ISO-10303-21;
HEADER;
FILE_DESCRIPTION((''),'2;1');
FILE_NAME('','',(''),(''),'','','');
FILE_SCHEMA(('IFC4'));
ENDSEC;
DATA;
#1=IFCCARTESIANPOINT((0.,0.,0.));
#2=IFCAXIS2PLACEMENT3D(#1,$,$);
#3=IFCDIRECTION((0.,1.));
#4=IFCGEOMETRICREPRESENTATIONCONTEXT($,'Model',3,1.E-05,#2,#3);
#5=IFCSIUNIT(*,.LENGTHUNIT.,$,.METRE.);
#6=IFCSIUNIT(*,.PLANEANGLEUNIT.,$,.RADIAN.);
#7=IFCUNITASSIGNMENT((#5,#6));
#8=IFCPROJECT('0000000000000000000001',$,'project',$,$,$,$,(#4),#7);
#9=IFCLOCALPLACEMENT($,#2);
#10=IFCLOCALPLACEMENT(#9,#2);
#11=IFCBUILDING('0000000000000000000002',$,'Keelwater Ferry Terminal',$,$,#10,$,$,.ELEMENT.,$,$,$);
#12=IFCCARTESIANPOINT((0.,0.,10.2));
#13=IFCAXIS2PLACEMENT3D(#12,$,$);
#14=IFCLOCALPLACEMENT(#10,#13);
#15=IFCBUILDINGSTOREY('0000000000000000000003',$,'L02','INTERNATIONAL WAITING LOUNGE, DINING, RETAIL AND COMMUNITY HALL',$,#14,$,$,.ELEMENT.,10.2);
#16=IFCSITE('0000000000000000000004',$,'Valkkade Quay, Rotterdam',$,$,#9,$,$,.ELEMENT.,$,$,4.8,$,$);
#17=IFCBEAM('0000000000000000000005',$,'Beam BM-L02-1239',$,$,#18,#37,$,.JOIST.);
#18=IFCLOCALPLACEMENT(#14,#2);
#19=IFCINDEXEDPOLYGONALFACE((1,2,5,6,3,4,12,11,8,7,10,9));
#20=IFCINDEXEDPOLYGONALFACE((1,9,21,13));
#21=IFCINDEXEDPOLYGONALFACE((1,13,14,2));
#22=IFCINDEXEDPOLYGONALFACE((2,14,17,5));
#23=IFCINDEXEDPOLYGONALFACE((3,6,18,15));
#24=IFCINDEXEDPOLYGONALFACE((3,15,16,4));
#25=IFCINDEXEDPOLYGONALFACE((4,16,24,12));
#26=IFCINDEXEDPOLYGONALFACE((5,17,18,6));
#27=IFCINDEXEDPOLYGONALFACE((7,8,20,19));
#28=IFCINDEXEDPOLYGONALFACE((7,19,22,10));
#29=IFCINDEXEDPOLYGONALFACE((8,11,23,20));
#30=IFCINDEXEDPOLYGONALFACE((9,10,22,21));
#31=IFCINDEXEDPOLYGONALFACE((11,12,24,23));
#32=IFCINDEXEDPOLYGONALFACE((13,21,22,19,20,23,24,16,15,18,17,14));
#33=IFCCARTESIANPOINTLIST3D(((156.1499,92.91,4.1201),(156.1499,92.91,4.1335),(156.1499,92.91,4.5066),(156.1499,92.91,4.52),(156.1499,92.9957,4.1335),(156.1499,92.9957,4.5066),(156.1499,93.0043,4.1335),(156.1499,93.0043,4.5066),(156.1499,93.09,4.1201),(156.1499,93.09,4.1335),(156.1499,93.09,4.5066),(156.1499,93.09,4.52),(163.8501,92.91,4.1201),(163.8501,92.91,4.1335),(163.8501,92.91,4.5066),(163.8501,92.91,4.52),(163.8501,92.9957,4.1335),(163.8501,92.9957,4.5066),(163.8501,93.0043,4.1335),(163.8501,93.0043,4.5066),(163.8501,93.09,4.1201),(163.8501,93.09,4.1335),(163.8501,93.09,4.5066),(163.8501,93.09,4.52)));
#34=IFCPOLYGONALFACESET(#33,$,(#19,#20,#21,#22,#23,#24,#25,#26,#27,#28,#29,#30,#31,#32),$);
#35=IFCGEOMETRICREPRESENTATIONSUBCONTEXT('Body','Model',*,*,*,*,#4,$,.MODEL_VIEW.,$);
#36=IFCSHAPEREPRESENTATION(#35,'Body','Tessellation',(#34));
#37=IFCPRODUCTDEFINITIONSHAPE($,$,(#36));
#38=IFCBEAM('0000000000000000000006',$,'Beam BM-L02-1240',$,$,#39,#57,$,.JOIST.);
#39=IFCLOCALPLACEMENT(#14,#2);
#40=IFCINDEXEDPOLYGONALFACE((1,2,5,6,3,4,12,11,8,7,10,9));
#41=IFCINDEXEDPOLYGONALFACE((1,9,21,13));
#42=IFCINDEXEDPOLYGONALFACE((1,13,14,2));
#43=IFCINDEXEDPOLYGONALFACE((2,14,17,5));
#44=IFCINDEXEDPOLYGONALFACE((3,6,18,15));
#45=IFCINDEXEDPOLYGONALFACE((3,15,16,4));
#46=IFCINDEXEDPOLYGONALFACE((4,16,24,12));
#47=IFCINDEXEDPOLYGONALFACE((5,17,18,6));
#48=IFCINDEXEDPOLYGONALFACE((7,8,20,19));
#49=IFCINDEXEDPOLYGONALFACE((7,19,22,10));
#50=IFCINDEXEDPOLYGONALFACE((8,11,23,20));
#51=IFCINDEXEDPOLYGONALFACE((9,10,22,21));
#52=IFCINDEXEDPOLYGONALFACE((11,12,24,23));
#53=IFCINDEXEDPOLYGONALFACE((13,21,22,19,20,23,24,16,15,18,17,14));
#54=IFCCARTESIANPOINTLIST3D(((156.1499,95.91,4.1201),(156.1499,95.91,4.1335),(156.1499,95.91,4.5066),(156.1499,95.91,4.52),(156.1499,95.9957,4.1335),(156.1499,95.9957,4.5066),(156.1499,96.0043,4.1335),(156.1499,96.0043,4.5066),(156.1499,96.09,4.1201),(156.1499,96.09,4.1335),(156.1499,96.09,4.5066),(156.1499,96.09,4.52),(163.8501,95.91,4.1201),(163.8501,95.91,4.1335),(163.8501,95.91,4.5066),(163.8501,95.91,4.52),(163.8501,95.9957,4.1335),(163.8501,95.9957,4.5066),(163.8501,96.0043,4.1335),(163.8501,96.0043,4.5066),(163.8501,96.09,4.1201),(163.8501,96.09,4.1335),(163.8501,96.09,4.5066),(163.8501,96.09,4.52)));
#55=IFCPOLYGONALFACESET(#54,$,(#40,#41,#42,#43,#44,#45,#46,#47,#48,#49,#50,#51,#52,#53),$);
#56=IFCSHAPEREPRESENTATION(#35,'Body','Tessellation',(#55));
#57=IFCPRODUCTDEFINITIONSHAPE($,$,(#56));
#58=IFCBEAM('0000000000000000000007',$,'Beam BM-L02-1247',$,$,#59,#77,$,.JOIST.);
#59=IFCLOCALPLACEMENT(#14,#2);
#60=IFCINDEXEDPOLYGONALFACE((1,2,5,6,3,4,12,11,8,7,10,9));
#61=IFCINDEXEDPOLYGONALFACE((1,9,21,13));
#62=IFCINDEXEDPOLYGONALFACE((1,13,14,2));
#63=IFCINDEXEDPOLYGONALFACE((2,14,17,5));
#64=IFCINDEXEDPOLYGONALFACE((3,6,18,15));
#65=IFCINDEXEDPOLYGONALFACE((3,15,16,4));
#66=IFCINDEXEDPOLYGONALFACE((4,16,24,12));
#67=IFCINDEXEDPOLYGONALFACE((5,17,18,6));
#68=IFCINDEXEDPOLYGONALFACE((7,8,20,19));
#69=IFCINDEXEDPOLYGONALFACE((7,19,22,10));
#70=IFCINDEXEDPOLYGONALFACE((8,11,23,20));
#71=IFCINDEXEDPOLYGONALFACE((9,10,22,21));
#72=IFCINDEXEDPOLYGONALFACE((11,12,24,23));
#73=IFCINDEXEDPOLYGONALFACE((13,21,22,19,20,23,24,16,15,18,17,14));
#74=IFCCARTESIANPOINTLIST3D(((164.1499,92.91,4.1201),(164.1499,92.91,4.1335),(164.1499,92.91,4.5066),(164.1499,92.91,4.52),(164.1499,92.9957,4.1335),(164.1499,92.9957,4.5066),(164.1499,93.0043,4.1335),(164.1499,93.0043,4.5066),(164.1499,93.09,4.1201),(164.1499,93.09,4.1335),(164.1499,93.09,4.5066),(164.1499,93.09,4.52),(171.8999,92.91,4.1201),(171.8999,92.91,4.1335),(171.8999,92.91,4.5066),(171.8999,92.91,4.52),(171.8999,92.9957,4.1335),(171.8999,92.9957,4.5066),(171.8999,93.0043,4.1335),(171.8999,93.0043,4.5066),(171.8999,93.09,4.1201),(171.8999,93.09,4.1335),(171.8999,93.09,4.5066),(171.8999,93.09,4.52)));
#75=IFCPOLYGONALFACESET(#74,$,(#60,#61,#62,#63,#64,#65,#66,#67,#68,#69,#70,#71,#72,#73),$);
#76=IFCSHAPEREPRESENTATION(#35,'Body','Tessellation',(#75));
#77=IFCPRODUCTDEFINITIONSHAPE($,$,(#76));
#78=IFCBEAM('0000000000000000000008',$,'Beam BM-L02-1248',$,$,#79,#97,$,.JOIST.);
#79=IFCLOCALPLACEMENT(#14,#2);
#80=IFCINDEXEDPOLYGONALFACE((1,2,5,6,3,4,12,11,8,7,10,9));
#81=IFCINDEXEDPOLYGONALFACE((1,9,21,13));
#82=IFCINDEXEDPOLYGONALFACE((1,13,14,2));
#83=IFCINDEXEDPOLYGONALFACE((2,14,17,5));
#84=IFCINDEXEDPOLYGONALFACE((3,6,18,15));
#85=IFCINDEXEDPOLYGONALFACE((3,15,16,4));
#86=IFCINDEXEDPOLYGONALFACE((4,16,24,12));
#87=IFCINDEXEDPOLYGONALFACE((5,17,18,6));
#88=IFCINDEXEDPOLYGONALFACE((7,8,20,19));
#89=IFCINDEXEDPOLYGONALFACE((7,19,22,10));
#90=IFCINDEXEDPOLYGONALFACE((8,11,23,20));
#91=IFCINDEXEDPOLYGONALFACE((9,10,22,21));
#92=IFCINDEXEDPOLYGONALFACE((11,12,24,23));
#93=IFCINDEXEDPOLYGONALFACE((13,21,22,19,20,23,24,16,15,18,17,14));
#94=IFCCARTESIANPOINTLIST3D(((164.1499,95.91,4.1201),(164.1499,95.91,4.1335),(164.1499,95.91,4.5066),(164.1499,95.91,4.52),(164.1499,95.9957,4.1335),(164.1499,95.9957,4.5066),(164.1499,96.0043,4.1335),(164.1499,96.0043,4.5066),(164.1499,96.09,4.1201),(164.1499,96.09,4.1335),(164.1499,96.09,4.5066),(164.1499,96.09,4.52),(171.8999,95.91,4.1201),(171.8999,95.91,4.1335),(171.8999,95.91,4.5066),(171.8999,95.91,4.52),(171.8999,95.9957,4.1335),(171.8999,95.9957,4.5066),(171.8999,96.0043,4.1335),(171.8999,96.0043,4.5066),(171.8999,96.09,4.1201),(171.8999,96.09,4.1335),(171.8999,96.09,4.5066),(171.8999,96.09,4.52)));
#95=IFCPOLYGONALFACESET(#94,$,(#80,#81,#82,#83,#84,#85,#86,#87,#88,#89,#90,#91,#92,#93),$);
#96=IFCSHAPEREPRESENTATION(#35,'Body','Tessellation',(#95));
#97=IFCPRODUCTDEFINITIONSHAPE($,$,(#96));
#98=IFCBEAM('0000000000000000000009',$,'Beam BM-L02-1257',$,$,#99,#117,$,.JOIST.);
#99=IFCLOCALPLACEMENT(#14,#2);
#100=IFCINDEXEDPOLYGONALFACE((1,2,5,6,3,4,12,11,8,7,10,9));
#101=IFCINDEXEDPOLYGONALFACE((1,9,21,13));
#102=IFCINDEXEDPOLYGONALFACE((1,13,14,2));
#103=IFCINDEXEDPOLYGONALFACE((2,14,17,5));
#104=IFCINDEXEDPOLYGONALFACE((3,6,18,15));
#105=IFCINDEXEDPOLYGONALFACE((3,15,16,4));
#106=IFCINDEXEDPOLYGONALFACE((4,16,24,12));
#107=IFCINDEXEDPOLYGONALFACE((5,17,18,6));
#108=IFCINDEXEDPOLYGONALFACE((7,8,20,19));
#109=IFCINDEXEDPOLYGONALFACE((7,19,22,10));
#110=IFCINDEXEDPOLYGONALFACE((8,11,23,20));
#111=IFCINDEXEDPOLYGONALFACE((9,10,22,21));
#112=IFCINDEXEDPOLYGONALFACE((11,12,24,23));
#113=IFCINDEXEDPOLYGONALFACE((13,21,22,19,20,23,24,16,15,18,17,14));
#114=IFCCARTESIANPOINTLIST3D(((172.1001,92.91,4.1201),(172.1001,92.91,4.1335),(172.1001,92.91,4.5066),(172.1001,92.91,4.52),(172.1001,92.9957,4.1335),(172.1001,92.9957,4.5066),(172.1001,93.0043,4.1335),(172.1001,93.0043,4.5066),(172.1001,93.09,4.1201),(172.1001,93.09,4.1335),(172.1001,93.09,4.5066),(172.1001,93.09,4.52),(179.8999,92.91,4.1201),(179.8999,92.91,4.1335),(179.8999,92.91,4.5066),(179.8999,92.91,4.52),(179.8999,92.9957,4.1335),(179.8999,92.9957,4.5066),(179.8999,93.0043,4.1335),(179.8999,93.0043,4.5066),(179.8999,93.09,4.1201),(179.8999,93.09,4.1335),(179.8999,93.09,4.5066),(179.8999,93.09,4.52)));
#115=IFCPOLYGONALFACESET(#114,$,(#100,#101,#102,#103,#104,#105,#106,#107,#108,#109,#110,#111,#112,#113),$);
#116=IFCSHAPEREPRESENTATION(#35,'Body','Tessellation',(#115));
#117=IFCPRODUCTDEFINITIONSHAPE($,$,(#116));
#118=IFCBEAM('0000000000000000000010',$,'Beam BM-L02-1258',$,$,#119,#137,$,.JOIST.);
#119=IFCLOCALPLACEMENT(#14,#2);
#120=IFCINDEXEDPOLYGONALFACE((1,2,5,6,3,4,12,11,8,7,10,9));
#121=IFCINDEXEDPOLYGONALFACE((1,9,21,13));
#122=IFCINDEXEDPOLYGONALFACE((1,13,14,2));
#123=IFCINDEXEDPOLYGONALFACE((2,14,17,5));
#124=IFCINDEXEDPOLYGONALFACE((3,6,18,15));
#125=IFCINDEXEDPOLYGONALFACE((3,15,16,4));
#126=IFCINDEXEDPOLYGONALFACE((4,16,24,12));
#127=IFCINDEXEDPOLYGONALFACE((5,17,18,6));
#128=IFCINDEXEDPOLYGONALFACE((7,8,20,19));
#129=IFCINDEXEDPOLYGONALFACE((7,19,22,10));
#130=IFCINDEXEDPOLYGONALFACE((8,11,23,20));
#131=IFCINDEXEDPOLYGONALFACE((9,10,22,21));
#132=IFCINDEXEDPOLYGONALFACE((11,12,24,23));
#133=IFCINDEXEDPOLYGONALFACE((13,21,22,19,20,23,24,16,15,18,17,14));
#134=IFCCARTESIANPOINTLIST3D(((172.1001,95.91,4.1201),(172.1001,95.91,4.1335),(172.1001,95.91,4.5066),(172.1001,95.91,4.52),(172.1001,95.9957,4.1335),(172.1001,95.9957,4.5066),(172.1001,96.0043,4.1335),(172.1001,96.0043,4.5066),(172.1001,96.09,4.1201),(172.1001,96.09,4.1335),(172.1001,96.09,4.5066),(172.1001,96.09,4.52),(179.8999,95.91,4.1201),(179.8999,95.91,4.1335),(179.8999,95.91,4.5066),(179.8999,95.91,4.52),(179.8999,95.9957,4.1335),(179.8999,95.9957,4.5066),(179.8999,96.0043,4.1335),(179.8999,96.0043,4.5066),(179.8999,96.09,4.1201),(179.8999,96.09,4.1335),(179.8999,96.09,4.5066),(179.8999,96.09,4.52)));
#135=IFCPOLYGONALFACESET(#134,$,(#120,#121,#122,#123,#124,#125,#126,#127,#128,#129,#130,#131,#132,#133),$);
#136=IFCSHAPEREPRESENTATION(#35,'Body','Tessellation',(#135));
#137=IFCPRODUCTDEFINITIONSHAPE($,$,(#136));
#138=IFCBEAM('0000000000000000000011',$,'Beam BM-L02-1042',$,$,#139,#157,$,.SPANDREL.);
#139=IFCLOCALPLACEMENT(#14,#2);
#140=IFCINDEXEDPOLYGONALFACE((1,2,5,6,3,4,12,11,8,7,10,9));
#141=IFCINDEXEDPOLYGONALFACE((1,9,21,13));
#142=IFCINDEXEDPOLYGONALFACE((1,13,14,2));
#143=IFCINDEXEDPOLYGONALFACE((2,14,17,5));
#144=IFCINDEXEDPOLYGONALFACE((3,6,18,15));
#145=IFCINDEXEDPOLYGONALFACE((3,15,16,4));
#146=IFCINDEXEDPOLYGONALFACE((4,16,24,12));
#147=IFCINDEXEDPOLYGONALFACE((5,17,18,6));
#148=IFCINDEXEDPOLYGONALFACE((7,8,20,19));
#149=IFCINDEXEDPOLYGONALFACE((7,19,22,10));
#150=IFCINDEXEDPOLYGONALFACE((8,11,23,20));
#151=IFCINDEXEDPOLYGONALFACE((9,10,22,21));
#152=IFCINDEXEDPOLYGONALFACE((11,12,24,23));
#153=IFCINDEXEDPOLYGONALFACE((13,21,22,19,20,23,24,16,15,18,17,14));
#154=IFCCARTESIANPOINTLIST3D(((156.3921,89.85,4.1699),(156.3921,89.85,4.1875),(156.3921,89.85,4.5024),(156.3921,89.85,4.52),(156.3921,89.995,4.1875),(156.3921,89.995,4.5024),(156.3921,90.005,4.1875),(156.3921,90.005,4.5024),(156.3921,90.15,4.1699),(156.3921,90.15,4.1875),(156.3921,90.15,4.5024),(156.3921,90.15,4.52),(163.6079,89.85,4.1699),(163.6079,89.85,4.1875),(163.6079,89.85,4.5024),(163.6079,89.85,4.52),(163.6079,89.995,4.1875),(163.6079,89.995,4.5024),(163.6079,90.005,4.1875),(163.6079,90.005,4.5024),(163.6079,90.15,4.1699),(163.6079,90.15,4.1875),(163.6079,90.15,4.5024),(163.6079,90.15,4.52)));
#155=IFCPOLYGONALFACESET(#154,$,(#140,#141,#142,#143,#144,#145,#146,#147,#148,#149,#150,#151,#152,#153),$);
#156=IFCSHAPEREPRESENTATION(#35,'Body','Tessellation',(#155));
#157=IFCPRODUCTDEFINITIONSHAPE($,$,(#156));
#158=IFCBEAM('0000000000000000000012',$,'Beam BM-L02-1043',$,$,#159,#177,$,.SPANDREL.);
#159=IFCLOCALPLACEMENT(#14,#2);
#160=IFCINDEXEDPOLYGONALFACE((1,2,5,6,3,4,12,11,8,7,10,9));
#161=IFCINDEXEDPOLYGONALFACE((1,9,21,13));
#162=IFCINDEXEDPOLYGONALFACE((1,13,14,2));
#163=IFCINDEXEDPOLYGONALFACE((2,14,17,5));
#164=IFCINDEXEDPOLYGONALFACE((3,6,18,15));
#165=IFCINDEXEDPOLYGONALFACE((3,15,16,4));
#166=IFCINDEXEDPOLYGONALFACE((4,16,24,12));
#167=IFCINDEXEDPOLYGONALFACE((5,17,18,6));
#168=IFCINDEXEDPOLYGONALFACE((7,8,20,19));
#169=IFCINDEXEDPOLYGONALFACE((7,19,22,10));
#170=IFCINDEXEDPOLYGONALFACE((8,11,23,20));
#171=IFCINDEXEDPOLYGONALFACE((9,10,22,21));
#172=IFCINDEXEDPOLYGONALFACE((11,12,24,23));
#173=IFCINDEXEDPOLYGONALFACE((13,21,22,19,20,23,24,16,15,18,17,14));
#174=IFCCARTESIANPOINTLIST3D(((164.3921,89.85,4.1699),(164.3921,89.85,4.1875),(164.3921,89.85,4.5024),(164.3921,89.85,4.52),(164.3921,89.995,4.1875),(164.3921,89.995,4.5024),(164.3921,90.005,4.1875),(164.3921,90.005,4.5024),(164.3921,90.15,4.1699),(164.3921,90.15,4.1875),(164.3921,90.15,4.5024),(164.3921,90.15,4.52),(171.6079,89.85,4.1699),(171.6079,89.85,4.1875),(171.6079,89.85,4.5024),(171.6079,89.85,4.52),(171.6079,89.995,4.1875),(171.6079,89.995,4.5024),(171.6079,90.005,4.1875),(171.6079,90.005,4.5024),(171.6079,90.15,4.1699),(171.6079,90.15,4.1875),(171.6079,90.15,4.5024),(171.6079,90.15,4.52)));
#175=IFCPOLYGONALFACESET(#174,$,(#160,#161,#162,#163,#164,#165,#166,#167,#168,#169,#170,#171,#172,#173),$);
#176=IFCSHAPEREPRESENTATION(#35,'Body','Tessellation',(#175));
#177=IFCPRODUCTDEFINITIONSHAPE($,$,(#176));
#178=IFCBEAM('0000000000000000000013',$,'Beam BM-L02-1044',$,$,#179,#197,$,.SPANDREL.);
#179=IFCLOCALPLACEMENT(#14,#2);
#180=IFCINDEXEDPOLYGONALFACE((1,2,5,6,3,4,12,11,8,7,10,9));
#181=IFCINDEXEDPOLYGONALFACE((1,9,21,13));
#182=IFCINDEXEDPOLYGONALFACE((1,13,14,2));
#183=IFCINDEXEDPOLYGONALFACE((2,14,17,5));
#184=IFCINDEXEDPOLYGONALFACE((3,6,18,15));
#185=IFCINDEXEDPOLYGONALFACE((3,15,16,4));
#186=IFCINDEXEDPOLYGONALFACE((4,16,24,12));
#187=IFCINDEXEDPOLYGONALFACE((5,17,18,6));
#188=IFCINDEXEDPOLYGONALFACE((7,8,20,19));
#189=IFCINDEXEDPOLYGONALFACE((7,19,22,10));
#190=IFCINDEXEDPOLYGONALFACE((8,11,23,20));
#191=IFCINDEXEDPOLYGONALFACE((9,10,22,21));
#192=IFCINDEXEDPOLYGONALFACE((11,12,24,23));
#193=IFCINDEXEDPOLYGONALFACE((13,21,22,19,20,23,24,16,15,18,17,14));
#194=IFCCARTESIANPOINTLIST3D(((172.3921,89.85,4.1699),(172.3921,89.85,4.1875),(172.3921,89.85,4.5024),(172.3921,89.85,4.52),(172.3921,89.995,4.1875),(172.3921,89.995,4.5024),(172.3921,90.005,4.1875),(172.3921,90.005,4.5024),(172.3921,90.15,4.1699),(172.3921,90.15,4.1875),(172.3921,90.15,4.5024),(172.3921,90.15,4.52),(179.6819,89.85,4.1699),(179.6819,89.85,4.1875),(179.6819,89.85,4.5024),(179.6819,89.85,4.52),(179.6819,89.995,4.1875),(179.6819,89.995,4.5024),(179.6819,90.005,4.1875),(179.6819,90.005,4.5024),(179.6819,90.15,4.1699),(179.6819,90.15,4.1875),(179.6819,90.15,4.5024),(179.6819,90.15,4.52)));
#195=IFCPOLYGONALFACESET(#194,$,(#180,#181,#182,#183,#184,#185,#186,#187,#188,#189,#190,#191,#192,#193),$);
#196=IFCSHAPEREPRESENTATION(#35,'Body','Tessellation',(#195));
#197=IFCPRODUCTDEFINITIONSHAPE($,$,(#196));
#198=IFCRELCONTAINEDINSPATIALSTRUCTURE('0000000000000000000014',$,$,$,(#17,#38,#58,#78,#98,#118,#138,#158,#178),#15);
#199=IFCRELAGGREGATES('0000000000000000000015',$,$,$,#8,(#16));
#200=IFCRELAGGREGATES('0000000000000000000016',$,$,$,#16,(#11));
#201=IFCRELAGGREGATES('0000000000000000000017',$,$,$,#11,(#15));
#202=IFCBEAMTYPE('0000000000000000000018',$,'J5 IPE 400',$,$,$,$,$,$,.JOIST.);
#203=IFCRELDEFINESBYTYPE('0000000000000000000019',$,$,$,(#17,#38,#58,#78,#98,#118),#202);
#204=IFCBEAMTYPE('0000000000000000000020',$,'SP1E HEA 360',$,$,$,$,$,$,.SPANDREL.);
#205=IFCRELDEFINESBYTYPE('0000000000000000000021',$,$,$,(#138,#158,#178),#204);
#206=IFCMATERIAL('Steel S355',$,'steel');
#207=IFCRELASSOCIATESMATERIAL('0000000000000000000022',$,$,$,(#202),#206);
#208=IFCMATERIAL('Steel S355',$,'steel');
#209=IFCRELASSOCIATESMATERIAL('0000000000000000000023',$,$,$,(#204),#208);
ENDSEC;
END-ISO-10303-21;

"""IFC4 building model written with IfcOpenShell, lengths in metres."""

from ifc_helpers import new_model, si_unit, direction, frame, origin, origin_2d, place, context, subcontext, project, spatial, i_section, extrude, material, material_profile, profile_set, type_object, element, save


model = new_model("IFC4")

# Units and contexts
model_context = context("Model", 3, precision=1e-05, world=origin(), true_north=direction((0.0, 1.0)))
body_context = subcontext(model_context, "Body", "Model", "MODEL_VIEW")
ifc_project = project(units=[si_unit("LENGTHUNIT", "METRE"), si_unit("PLANEANGLEUNIT", "RADIAN")], contexts=[model_context])

# Site, building, storey
site_placement = place(None, origin())
site = spatial("IfcSite", under=ifc_project, at=site_placement, Name="Valkkade Quay, Rotterdam", CompositionType="ELEMENT", RefElevation=4.8)
building_placement = place(site_placement, origin())
building = spatial("IfcBuilding", under=site, at=building_placement, Name="Keelwater Ferry Terminal", CompositionType="ELEMENT")
storey_placement = place(building_placement, frame((0.0, 0.0, 10.2)))
storey = spatial("IfcBuildingStorey", under=building, at=storey_placement, Name="L02", Description="INTERNATIONAL WAITING LOUNGE, DINING, RETAIL AND COMMUNITY HALL", CompositionType="ELEMENT", Elevation=10.2)

# Beams
ifc_material_1 = material(Name="Steel S355", Category="steel")
ifc_material_profile_1 = material_profile(ifc_material_1, i_section(OverallWidth=0.1799, OverallDepth=0.3999, WebThickness=0.0085, FlangeThickness=0.0134, at=origin_2d()), Name="IPE 400")
ifc_profile_set_1 = profile_set([ifc_material_profile_1], Name="Steel S355")
beam_type_1 = type_object("IfcBeamType", Name="J5 IPE 400", PredefinedType="JOIST", material=ifc_profile_set_1)
for number, where, z_axis, x_axis, name in (
    (1, (156.1499, 93.0, 4.3201), (1.0, 0.0, 0.0), (0.0, 1.0, 0.0), "Beam BM-L02-1239"),
    (2, (156.1499, 96.0, 4.3201), (1.0, 0.0, 0.0), (0.0, 1.0, 0.0), "Beam BM-L02-1240"),
):
    element("IfcBeam", number, at=place(storey_placement, frame(where, z_axis=z_axis, x_axis=x_axis)), inside=storey, type_object=beam_type_1, Name=name, PredefinedType="JOIST", context=body_context, shape_type="SweptSolid", body=[
        extrude(i_section(OverallWidth=0.1799, OverallDepth=0.3999, WebThickness=0.0085, FlangeThickness=0.0134, at=origin_2d()), origin(), (0.0, 0.0, 1.0), 7.7002),
    ])
for number, where, z_axis, x_axis, name in (
    (3, (164.1499, 93.0, 4.3201), (1.0, 0.0, 0.0), (0.0, 1.0, 0.0), "Beam BM-L02-1247"),
    (4, (164.1499, 96.0, 4.3201), (1.0, 0.0, 0.0), (0.0, 1.0, 0.0), "Beam BM-L02-1248"),
):
    element("IfcBeam", number, at=place(storey_placement, frame(where, z_axis=z_axis, x_axis=x_axis)), inside=storey, type_object=beam_type_1, Name=name, PredefinedType="JOIST", context=body_context, shape_type="SweptSolid", body=[
        extrude(i_section(OverallWidth=0.1799, OverallDepth=0.3999, WebThickness=0.0085, FlangeThickness=0.0134, at=origin_2d()), origin(), (0.0, 0.0, 1.0), 7.75),
    ])
for number, where, z_axis, x_axis, name in (
    (5, (172.1001, 93.0, 4.3201), (1.0, 0.0, 0.0), (0.0, 1.0, 0.0), "Beam BM-L02-1257"),
    (6, (172.1001, 96.0, 4.3201), (1.0, 0.0, 0.0), (0.0, 1.0, 0.0), "Beam BM-L02-1258"),
):
    element("IfcBeam", number, at=place(storey_placement, frame(where, z_axis=z_axis, x_axis=x_axis)), inside=storey, type_object=beam_type_1, Name=name, PredefinedType="JOIST", context=body_context, shape_type="SweptSolid", body=[
        extrude(i_section(OverallWidth=0.1799, OverallDepth=0.3999, WebThickness=0.0085, FlangeThickness=0.0134, at=origin_2d()), origin(), (0.0, 0.0, 1.0), 7.7998),
    ])
ifc_material_2 = material(Name="Steel S355", Category="steel")
ifc_material_profile_2 = material_profile(ifc_material_2, i_section(OverallWidth=0.3, OverallDepth=0.3501, WebThickness=0.01, FlangeThickness=0.0176, at=origin_2d()), Name="HEA 360")
ifc_profile_set_2 = profile_set([ifc_material_profile_2], Name="Steel S355")
beam_type_2 = type_object("IfcBeamType", Name="SP1E HEA 360", PredefinedType="SPANDREL", material=ifc_profile_set_2)
for number, where, z_axis, x_axis, name in (
    (7, (156.3921, 90.0, 4.345), (1.0, 0.0, 0.0), (0.0, 1.0, 0.0), "Beam BM-L02-1042"),
    (8, (164.3921, 90.0, 4.345), (1.0, 0.0, 0.0), (0.0, 1.0, 0.0), "Beam BM-L02-1043"),
):
    element("IfcBeam", number, at=place(storey_placement, frame(where, z_axis=z_axis, x_axis=x_axis)), inside=storey, type_object=beam_type_2, Name=name, PredefinedType="SPANDREL", context=body_context, shape_type="SweptSolid", body=[
        extrude(i_section(OverallWidth=0.3, OverallDepth=0.3501, WebThickness=0.01, FlangeThickness=0.0176, at=origin_2d()), origin(), (0.0, 0.0, 1.0), 7.2158),
    ])
beam_1_placement = place(storey_placement, frame((172.3921, 90.0, 4.345), z_axis=(1.0, 0.0, 0.0), x_axis=(0.0, 1.0, 0.0)))
element("IfcBeam", 9, at=beam_1_placement, inside=storey, type_object=beam_type_2, Name="Beam BM-L02-1044", PredefinedType="SPANDREL", context=body_context, shape_type="SweptSolid", body=[
    extrude(i_section(OverallWidth=0.3, OverallDepth=0.3501, WebThickness=0.01, FlangeThickness=0.0176, at=origin_2d()), origin(), (0.0, 0.0, 1.0), 7.2898),
])

save(model, "model.ifc")
